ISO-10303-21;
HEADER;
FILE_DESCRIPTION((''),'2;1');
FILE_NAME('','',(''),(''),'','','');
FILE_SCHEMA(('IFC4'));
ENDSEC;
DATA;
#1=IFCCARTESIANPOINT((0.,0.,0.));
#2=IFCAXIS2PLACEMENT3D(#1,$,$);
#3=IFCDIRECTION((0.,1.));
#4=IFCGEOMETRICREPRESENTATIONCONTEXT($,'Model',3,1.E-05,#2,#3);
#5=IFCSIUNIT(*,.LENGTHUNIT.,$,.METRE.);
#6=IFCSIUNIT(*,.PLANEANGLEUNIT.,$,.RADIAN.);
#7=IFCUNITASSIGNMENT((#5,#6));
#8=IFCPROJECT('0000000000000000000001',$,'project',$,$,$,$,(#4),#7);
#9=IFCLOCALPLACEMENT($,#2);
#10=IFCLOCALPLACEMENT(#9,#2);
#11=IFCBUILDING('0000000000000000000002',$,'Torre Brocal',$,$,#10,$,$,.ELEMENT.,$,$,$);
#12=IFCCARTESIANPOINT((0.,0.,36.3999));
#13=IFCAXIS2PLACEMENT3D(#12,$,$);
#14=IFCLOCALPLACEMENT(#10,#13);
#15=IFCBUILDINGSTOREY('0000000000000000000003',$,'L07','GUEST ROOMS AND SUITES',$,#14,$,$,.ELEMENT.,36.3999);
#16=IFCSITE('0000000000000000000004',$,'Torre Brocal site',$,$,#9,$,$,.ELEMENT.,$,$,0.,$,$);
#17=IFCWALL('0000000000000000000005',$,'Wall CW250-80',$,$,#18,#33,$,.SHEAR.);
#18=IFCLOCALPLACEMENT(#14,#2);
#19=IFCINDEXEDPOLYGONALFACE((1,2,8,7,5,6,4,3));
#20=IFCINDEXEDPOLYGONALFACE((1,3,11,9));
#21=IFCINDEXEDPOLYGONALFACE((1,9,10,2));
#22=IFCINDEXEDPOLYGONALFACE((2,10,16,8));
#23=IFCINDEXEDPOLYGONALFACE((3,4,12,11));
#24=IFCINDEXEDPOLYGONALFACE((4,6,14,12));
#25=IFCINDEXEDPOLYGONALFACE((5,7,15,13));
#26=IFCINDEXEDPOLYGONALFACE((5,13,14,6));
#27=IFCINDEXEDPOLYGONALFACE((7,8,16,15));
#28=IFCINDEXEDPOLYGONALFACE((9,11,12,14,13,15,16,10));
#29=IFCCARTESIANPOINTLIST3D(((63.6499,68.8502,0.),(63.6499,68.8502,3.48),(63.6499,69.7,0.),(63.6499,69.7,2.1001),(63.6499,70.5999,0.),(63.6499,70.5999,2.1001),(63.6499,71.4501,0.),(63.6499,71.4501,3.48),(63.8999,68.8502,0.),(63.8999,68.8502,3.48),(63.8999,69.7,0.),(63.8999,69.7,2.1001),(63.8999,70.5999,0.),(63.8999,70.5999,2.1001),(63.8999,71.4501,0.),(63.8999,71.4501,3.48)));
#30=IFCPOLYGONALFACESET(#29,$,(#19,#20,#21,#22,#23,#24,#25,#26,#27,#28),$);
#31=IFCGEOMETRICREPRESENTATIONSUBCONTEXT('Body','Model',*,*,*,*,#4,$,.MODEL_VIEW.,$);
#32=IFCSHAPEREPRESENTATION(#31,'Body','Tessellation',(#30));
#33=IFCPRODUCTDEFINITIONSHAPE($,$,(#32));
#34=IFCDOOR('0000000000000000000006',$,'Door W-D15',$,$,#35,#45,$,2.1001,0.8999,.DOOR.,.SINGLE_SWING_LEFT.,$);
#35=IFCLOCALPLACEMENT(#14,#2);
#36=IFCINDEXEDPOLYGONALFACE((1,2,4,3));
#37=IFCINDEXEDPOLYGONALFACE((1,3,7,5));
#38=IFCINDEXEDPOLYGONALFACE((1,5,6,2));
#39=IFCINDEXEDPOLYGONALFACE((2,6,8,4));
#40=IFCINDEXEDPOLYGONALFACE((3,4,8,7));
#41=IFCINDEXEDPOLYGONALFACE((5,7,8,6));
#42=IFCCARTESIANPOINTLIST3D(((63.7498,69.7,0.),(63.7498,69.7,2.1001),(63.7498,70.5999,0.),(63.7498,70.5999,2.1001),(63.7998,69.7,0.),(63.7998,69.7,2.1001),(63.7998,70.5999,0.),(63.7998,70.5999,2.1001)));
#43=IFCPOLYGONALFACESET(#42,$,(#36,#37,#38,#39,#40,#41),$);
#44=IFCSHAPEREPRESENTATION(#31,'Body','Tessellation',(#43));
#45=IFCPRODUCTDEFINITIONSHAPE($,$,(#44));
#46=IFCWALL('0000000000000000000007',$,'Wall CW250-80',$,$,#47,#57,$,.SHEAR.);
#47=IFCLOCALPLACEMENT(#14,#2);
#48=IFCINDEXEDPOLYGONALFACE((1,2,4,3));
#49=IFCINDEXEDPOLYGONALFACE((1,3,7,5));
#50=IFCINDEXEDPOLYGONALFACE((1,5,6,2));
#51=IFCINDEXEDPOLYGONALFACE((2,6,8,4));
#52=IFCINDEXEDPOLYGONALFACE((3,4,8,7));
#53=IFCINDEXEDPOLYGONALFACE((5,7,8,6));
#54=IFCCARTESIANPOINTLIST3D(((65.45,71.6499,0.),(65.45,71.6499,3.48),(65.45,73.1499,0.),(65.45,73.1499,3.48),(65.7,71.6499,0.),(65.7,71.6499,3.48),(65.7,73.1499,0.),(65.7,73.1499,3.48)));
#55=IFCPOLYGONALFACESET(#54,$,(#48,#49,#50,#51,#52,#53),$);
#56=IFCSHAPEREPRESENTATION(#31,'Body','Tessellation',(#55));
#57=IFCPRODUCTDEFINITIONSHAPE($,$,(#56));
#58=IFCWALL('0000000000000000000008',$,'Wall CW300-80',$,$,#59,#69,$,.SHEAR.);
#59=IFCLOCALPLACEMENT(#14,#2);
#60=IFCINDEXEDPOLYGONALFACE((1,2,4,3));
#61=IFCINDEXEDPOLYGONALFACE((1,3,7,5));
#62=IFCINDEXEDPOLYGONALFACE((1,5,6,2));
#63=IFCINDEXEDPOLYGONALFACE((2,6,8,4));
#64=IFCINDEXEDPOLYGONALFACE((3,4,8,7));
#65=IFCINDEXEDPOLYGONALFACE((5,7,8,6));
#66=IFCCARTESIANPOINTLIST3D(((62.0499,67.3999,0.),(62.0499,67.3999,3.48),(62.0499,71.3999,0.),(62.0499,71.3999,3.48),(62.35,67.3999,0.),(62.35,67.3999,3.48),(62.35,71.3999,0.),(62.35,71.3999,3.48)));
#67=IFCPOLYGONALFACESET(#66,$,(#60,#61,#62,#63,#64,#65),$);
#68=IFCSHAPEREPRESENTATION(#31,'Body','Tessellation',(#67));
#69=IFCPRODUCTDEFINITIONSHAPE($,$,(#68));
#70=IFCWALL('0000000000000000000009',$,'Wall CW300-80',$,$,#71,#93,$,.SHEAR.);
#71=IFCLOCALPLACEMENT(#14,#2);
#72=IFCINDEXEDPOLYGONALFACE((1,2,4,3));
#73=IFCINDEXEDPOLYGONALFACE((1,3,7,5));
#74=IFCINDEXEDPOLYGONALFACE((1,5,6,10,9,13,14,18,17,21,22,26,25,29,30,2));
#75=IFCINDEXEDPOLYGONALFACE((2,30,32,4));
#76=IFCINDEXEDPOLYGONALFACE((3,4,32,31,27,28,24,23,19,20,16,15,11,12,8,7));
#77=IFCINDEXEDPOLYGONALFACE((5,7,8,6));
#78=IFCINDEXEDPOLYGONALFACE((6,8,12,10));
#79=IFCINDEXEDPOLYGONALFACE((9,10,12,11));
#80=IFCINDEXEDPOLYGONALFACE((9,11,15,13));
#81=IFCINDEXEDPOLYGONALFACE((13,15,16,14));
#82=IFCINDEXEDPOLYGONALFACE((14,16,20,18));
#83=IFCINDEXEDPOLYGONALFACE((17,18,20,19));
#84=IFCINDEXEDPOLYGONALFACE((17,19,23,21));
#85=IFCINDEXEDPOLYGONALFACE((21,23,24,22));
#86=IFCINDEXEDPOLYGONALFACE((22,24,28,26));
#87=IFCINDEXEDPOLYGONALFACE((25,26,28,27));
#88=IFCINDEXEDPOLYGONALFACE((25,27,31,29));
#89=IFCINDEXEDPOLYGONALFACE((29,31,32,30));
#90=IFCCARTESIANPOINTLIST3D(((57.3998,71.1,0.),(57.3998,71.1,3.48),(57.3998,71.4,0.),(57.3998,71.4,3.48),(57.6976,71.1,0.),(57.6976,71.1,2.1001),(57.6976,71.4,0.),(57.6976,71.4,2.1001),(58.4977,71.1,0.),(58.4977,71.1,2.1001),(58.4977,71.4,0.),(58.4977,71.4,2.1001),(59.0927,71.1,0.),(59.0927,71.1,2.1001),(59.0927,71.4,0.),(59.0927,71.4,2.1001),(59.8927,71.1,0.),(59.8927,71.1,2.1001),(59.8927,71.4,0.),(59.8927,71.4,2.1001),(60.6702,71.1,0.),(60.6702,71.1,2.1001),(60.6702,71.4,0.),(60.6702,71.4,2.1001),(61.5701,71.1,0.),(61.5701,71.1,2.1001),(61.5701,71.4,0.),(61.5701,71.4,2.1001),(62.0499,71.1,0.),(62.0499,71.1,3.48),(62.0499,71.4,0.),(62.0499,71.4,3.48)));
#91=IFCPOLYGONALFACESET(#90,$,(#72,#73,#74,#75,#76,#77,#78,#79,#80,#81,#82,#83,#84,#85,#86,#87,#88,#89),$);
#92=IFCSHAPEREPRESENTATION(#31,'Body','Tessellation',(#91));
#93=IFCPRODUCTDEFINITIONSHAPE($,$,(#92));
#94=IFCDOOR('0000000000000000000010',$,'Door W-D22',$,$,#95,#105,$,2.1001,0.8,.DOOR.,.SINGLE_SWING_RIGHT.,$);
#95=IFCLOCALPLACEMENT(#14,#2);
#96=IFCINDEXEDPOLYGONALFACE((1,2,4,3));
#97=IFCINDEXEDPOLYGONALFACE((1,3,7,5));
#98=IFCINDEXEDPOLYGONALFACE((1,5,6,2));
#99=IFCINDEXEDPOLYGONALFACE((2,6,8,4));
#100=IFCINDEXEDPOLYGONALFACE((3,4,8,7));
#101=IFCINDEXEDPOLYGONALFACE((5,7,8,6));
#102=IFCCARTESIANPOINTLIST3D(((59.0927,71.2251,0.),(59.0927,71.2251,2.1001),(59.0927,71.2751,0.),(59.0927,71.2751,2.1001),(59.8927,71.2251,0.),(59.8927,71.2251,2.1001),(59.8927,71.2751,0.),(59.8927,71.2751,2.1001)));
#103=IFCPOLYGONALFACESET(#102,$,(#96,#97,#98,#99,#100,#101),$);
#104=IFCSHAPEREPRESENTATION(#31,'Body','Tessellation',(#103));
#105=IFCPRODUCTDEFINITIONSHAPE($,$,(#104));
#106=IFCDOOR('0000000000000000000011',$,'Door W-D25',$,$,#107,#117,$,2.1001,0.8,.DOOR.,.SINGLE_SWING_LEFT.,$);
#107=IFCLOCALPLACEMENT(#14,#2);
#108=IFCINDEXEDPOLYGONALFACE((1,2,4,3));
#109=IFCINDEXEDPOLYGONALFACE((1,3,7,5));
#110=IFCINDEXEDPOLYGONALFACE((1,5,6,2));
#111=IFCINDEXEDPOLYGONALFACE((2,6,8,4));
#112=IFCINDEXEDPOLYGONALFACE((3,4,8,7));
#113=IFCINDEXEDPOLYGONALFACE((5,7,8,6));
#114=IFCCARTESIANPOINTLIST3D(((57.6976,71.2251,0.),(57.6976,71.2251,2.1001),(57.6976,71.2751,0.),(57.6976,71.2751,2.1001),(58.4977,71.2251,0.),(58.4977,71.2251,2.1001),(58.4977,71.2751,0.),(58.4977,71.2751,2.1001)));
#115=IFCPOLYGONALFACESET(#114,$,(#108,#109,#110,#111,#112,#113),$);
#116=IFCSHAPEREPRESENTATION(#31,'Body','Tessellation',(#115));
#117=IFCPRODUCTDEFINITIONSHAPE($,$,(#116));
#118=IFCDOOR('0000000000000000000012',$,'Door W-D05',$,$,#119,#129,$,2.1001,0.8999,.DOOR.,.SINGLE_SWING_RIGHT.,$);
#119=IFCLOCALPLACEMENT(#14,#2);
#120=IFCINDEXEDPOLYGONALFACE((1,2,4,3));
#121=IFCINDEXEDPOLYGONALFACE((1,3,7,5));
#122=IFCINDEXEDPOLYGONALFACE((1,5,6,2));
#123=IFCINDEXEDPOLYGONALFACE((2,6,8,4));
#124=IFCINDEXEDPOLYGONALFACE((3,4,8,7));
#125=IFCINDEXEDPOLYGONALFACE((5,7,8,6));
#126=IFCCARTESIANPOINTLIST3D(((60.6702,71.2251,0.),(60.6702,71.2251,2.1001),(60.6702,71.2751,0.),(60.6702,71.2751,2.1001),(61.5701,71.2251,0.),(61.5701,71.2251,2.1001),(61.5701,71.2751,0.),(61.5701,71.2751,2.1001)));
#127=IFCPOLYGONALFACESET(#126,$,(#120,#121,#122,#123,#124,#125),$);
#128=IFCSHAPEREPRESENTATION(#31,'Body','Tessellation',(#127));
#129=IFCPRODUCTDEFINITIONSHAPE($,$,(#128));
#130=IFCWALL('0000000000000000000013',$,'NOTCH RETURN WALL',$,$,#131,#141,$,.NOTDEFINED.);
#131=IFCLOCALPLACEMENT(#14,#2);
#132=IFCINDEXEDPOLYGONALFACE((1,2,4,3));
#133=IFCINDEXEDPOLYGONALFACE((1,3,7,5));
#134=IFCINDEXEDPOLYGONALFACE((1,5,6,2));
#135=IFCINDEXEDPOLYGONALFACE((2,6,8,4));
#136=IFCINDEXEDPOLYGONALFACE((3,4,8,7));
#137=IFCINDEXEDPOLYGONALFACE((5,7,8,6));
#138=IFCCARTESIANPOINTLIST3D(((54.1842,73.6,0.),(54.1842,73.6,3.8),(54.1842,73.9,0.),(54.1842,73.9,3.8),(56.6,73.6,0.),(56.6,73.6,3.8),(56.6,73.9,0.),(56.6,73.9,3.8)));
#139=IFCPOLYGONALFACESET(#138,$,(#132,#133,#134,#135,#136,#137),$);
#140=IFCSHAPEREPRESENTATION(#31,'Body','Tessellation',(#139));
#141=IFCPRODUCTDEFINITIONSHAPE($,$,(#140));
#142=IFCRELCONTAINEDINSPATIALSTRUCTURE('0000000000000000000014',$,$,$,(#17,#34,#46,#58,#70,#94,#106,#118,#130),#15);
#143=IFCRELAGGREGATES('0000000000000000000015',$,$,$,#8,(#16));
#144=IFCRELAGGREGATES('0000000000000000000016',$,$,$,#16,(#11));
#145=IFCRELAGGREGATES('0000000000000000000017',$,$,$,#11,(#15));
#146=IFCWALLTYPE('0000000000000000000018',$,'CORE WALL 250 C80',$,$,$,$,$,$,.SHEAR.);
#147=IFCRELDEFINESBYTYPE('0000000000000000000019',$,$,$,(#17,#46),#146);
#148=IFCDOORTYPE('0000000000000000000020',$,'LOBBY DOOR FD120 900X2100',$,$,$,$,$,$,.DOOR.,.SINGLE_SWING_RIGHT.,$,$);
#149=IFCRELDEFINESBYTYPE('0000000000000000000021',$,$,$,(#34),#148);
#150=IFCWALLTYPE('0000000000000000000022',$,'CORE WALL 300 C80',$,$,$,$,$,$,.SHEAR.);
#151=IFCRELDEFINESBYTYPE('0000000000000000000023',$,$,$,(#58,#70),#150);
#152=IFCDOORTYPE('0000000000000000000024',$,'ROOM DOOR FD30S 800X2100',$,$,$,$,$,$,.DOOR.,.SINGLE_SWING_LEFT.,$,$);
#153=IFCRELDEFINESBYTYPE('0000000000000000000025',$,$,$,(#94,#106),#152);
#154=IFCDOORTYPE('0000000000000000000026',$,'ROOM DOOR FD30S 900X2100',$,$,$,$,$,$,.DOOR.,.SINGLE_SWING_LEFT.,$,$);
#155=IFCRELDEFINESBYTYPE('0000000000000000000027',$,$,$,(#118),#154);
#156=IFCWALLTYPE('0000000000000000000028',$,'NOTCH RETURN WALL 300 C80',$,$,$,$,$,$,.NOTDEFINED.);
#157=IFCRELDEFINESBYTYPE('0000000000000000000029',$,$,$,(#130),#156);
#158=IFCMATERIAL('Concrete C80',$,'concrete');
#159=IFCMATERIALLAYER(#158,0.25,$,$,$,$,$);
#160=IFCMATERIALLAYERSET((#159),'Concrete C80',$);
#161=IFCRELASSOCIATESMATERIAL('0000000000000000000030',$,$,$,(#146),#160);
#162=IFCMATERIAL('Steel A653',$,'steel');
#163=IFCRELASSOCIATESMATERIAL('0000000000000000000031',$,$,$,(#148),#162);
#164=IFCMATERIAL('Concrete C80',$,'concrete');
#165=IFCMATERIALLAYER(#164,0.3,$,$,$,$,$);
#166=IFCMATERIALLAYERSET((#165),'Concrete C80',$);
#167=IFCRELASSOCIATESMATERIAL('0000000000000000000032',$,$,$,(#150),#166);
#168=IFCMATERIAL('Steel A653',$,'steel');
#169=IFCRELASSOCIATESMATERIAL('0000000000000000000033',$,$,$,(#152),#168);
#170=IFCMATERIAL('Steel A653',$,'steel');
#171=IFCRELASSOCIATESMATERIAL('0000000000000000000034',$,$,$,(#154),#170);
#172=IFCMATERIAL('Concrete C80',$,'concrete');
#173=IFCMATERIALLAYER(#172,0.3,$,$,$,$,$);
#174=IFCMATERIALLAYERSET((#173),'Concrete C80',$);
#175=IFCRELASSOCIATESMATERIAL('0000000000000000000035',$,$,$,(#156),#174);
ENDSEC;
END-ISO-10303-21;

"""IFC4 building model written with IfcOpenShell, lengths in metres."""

from ifc_helpers import new_model, si_unit, direction, frame, frame_2d, origin, place, context, subcontext, project, spatial, rectangle, extrude, material, layer, layer_set, type_object, element, fill, save


model = new_model("IFC4")

# Units and contexts
model_context = context("Model", 3, precision=1e-05, world=origin(), true_north=direction((0.0, 1.0)))
body_context = subcontext(model_context, "Body", "Model", "MODEL_VIEW")
ifc_project = project(units=[si_unit("LENGTHUNIT", "METRE"), si_unit("PLANEANGLEUNIT", "RADIAN")], contexts=[model_context])

# Site, building, storey
site_placement = place(None, origin())
site = spatial("IfcSite", under=ifc_project, at=site_placement, Name="Torre Brocal site", CompositionType="ELEMENT", RefElevation=0.0)
building_placement = place(site_placement, origin())
building = spatial("IfcBuilding", under=site, at=building_placement, Name="Torre Brocal", CompositionType="ELEMENT")
storey_placement = place(building_placement, frame((0.0, 0.0, 36.3999)))
storey = spatial("IfcBuildingStorey", under=building, at=storey_placement, Name="L07", Description="GUEST ROOMS AND SUITES", CompositionType="ELEMENT", Elevation=36.3999)

# Wall, opening, door
ifc_material_1 = material(Name="Concrete C80", Category="concrete")
ifc_layer_1 = layer(ifc_material_1, 0.25)
ifc_layer_set_1 = layer_set([ifc_layer_1], Name="Concrete C80")
wall_type_1 = type_object("IfcWallType", Name="CORE WALL 250 C80", PredefinedType="SHEAR", material=ifc_layer_set_1)
wall_1_placement = place(storey_placement, frame((63.7749, 71.45, 0.0), z_axis=(0.0, 0.0, 1.0), x_axis=(0.0, -1.0, 0.0)))
wall_1 = element("IfcWall", 1, at=wall_1_placement, inside=storey, type_object=wall_type_1, Name="Wall CW250-80", PredefinedType="SHEAR", context=body_context, shape_type="SweptSolid", body=[
    extrude(rectangle(XDim=2.5999, YDim=0.25, at=frame_2d((1.2998, 0.0))), origin(), (0.0, 0.0, 1.0), 3.48),
])
opening_1_placement = place(wall_1_placement, frame((0.8501, 0.0, 0.0)))
opening_1 = element("IfcOpeningElement", 2, at=opening_1_placement, cuts=wall_1, PredefinedType="OPENING", context=body_context, shape_type="SweptSolid", body=[
    extrude(rectangle(XDim=0.8999, YDim=2.1001, at=frame_2d((0.45, 1.05))), frame((0.0, 0.135, 0.0), z_axis=(0.0, -1.0, 0.0), x_axis=(1.0, 0.0, 0.0)), (0.0, 0.0, 1.0), 0.27),
])
ifc_material_2 = material(Name="Steel A653", Category="steel")
door_type_1 = type_object("IfcDoorType", Name="LOBBY DOOR FD120 900X2100", OperationType="SINGLE_SWING_RIGHT", PredefinedType="DOOR", material=ifc_material_2)
door_1_placement = place(opening_1_placement, origin())
door_1 = element("IfcDoor", 3, at=door_1_placement, inside=storey, type_object=door_type_1, Name="Door W-D15", OperationType="SINGLE_SWING_LEFT", OverallHeight=2.1001, OverallWidth=0.8999, PredefinedType="DOOR", context=body_context, shape_type="SweptSolid", body=[
    extrude(rectangle(XDim=0.8999, YDim=2.1001, at=frame_2d((0.45, 1.05))), frame((0.0, 0.0249, 0.0), z_axis=(0.0, -1.0, 0.0), x_axis=(1.0, 0.0, 0.0)), (0.0, 0.0, 1.0), 0.05),
])
fill(opening_1, door_1)

# Walls
wall_2_placement = place(storey_placement, frame((65.575, 73.1499, 0.0), z_axis=(0.0, 0.0, 1.0), x_axis=(0.0, -1.0, 0.0)))
element("IfcWall", 4, at=wall_2_placement, inside=storey, type_object=wall_type_1, Name="Wall CW250-80", PredefinedType="SHEAR", context=body_context, shape_type="SweptSolid", body=[
    extrude(rectangle(XDim=1.5, YDim=0.25, at=frame_2d((0.75, 0.0))), origin(), (0.0, 0.0, 1.0), 3.48),
])
ifc_material_3 = material(Name="Concrete C80", Category="concrete")
ifc_layer_2 = layer(ifc_material_3, 0.3)
ifc_layer_set_2 = layer_set([ifc_layer_2], Name="Concrete C80")
wall_type_2 = type_object("IfcWallType", Name="CORE WALL 300 C80", PredefinedType="SHEAR", material=ifc_layer_set_2)
wall_3_placement = place(storey_placement, frame((62.2, 71.3999, 0.0), z_axis=(0.0, 0.0, 1.0), x_axis=(0.0, -1.0, 0.0)))
element("IfcWall", 5, at=wall_3_placement, inside=storey, type_object=wall_type_2, Name="Wall CW300-80", PredefinedType="SHEAR", context=body_context, shape_type="SweptSolid", body=[
    extrude(rectangle(XDim=4.0, YDim=0.3, at=frame_2d((2.0, 0.0))), origin(), (0.0, 0.0, 1.0), 3.48),
])

# Wall, openings, doors
wall_4_placement = place(storey_placement, frame((62.05, 71.25, 0.0), z_axis=(0.0, 0.0, 1.0), x_axis=(-1.0, 0.0, 0.0)))
wall_4 = element("IfcWall", 6, at=wall_4_placement, inside=storey, type_object=wall_type_2, Name="Wall CW300-80", PredefinedType="SHEAR", context=body_context, shape_type="SweptSolid", body=[
    extrude(rectangle(XDim=4.6501, YDim=0.3, at=frame_2d((2.3252, 0.0))), origin(), (0.0, 0.0, 1.0), 3.48),
])
opening_2_placement = place(wall_4_placement, frame((0.48, 0.0, 0.0)))
opening_2 = element("IfcOpeningElement", 7, at=opening_2_placement, cuts=wall_4, PredefinedType="OPENING", context=body_context, shape_type="SweptSolid", body=[
    extrude(rectangle(XDim=0.8999, YDim=2.1001, at=frame_2d((0.45, 1.05))), frame((0.0, 0.1599, 0.0), z_axis=(0.0, -1.0, 0.0), x_axis=(1.0, 0.0, 0.0)), (0.0, 0.0, 1.0), 0.3201),
])
opening_3_placement = place(wall_4_placement, frame((2.1575, 0.0, 0.0)))
opening_3 = element("IfcOpeningElement", 8, at=opening_3_placement, cuts=wall_4, PredefinedType="OPENING", context=body_context, shape_type="SweptSolid", body=[
    extrude(rectangle(XDim=0.8, YDim=2.1001, at=frame_2d((0.3999, 1.05))), frame((0.0, 0.1599, 0.0), z_axis=(0.0, -1.0, 0.0), x_axis=(1.0, 0.0, 0.0)), (0.0, 0.0, 1.0), 0.3201),
])
opening_4_placement = place(wall_4_placement, frame((3.5525, 0.0, 0.0)))
opening_4 = element("IfcOpeningElement", 9, at=opening_4_placement, cuts=wall_4, PredefinedType="OPENING", context=body_context, shape_type="SweptSolid", body=[
    extrude(rectangle(XDim=0.8, YDim=2.1001, at=frame_2d((0.3999, 1.05))), frame((0.0, 0.1599, 0.0), z_axis=(0.0, -1.0, 0.0), x_axis=(1.0, 0.0, 0.0)), (0.0, 0.0, 1.0), 0.3201),
])
ifc_material_4 = material(Name="Steel A653", Category="steel")
door_type_2 = type_object("IfcDoorType", Name="ROOM DOOR FD30S 800X2100", OperationType="SINGLE_SWING_LEFT", PredefinedType="DOOR", material=ifc_material_4)
door_2_placement = place(opening_3_placement, origin())
door_2 = element("IfcDoor", 10, at=door_2_placement, inside=storey, type_object=door_type_2, Name="Door W-D22", OperationType="SINGLE_SWING_RIGHT", OverallHeight=2.1001, OverallWidth=0.8, PredefinedType="DOOR", context=body_context, shape_type="SweptSolid", body=[
    extrude(rectangle(XDim=0.8, YDim=2.1001, at=frame_2d((0.3999, 1.05))), frame((0.0, 0.0249, 0.0), z_axis=(0.0, -1.0, 0.0), x_axis=(1.0, 0.0, 0.0)), (0.0, 0.0, 1.0), 0.05),
])
fill(opening_3, door_2)
door_3_placement = place(opening_4_placement, origin())
door_3 = element("IfcDoor", 11, at=door_3_placement, inside=storey, type_object=door_type_2, Name="Door W-D25", OperationType="SINGLE_SWING_LEFT", OverallHeight=2.1001, OverallWidth=0.8, PredefinedType="DOOR", context=body_context, shape_type="SweptSolid", body=[
    extrude(rectangle(XDim=0.8, YDim=2.1001, at=frame_2d((0.3999, 1.05))), frame((0.0, 0.0249, 0.0), z_axis=(0.0, -1.0, 0.0), x_axis=(1.0, 0.0, 0.0)), (0.0, 0.0, 1.0), 0.05),
])
fill(opening_4, door_3)
ifc_material_5 = material(Name="Steel A653", Category="steel")
door_type_3 = type_object("IfcDoorType", Name="ROOM DOOR FD30S 900X2100", OperationType="SINGLE_SWING_LEFT", PredefinedType="DOOR", material=ifc_material_5)
door_4_placement = place(opening_2_placement, origin())
door_4 = element("IfcDoor", 12, at=door_4_placement, inside=storey, type_object=door_type_3, Name="Door W-D05", OperationType="SINGLE_SWING_RIGHT", OverallHeight=2.1001, OverallWidth=0.8999, PredefinedType="DOOR", context=body_context, shape_type="SweptSolid", body=[
    extrude(rectangle(XDim=0.8999, YDim=2.1001, at=frame_2d((0.45, 1.05))), frame((0.0, 0.0249, 0.0), z_axis=(0.0, -1.0, 0.0), x_axis=(1.0, 0.0, 0.0)), (0.0, 0.0, 1.0), 0.05),
])
fill(opening_2, door_4)

# Wall
ifc_material_6 = material(Name="Concrete C80", Category="concrete")
ifc_layer_3 = layer(ifc_material_6, 0.3)
ifc_layer_set_3 = layer_set([ifc_layer_3], Name="Concrete C80")
wall_type_3 = type_object("IfcWallType", Name="NOTCH RETURN WALL 300 C80", PredefinedType="NOTDEFINED", material=ifc_layer_set_3)
wall_5_placement = place(storey_placement, frame((56.6001, 73.75, 0.0), z_axis=(0.0, 0.0, 1.0), x_axis=(-1.0, 0.0, 0.0)))
element("IfcWall", 13, at=wall_5_placement, inside=storey, type_object=wall_type_3, Name="NOTCH RETURN WALL", PredefinedType="NOTDEFINED", context=body_context, shape_type="SweptSolid", body=[
    extrude(rectangle(XDim=2.4158, YDim=0.3, at=frame_2d((1.208, 0.0))), origin(), (0.0, 0.0, 1.0), 3.8),
])

save(model, "model.ifc")
